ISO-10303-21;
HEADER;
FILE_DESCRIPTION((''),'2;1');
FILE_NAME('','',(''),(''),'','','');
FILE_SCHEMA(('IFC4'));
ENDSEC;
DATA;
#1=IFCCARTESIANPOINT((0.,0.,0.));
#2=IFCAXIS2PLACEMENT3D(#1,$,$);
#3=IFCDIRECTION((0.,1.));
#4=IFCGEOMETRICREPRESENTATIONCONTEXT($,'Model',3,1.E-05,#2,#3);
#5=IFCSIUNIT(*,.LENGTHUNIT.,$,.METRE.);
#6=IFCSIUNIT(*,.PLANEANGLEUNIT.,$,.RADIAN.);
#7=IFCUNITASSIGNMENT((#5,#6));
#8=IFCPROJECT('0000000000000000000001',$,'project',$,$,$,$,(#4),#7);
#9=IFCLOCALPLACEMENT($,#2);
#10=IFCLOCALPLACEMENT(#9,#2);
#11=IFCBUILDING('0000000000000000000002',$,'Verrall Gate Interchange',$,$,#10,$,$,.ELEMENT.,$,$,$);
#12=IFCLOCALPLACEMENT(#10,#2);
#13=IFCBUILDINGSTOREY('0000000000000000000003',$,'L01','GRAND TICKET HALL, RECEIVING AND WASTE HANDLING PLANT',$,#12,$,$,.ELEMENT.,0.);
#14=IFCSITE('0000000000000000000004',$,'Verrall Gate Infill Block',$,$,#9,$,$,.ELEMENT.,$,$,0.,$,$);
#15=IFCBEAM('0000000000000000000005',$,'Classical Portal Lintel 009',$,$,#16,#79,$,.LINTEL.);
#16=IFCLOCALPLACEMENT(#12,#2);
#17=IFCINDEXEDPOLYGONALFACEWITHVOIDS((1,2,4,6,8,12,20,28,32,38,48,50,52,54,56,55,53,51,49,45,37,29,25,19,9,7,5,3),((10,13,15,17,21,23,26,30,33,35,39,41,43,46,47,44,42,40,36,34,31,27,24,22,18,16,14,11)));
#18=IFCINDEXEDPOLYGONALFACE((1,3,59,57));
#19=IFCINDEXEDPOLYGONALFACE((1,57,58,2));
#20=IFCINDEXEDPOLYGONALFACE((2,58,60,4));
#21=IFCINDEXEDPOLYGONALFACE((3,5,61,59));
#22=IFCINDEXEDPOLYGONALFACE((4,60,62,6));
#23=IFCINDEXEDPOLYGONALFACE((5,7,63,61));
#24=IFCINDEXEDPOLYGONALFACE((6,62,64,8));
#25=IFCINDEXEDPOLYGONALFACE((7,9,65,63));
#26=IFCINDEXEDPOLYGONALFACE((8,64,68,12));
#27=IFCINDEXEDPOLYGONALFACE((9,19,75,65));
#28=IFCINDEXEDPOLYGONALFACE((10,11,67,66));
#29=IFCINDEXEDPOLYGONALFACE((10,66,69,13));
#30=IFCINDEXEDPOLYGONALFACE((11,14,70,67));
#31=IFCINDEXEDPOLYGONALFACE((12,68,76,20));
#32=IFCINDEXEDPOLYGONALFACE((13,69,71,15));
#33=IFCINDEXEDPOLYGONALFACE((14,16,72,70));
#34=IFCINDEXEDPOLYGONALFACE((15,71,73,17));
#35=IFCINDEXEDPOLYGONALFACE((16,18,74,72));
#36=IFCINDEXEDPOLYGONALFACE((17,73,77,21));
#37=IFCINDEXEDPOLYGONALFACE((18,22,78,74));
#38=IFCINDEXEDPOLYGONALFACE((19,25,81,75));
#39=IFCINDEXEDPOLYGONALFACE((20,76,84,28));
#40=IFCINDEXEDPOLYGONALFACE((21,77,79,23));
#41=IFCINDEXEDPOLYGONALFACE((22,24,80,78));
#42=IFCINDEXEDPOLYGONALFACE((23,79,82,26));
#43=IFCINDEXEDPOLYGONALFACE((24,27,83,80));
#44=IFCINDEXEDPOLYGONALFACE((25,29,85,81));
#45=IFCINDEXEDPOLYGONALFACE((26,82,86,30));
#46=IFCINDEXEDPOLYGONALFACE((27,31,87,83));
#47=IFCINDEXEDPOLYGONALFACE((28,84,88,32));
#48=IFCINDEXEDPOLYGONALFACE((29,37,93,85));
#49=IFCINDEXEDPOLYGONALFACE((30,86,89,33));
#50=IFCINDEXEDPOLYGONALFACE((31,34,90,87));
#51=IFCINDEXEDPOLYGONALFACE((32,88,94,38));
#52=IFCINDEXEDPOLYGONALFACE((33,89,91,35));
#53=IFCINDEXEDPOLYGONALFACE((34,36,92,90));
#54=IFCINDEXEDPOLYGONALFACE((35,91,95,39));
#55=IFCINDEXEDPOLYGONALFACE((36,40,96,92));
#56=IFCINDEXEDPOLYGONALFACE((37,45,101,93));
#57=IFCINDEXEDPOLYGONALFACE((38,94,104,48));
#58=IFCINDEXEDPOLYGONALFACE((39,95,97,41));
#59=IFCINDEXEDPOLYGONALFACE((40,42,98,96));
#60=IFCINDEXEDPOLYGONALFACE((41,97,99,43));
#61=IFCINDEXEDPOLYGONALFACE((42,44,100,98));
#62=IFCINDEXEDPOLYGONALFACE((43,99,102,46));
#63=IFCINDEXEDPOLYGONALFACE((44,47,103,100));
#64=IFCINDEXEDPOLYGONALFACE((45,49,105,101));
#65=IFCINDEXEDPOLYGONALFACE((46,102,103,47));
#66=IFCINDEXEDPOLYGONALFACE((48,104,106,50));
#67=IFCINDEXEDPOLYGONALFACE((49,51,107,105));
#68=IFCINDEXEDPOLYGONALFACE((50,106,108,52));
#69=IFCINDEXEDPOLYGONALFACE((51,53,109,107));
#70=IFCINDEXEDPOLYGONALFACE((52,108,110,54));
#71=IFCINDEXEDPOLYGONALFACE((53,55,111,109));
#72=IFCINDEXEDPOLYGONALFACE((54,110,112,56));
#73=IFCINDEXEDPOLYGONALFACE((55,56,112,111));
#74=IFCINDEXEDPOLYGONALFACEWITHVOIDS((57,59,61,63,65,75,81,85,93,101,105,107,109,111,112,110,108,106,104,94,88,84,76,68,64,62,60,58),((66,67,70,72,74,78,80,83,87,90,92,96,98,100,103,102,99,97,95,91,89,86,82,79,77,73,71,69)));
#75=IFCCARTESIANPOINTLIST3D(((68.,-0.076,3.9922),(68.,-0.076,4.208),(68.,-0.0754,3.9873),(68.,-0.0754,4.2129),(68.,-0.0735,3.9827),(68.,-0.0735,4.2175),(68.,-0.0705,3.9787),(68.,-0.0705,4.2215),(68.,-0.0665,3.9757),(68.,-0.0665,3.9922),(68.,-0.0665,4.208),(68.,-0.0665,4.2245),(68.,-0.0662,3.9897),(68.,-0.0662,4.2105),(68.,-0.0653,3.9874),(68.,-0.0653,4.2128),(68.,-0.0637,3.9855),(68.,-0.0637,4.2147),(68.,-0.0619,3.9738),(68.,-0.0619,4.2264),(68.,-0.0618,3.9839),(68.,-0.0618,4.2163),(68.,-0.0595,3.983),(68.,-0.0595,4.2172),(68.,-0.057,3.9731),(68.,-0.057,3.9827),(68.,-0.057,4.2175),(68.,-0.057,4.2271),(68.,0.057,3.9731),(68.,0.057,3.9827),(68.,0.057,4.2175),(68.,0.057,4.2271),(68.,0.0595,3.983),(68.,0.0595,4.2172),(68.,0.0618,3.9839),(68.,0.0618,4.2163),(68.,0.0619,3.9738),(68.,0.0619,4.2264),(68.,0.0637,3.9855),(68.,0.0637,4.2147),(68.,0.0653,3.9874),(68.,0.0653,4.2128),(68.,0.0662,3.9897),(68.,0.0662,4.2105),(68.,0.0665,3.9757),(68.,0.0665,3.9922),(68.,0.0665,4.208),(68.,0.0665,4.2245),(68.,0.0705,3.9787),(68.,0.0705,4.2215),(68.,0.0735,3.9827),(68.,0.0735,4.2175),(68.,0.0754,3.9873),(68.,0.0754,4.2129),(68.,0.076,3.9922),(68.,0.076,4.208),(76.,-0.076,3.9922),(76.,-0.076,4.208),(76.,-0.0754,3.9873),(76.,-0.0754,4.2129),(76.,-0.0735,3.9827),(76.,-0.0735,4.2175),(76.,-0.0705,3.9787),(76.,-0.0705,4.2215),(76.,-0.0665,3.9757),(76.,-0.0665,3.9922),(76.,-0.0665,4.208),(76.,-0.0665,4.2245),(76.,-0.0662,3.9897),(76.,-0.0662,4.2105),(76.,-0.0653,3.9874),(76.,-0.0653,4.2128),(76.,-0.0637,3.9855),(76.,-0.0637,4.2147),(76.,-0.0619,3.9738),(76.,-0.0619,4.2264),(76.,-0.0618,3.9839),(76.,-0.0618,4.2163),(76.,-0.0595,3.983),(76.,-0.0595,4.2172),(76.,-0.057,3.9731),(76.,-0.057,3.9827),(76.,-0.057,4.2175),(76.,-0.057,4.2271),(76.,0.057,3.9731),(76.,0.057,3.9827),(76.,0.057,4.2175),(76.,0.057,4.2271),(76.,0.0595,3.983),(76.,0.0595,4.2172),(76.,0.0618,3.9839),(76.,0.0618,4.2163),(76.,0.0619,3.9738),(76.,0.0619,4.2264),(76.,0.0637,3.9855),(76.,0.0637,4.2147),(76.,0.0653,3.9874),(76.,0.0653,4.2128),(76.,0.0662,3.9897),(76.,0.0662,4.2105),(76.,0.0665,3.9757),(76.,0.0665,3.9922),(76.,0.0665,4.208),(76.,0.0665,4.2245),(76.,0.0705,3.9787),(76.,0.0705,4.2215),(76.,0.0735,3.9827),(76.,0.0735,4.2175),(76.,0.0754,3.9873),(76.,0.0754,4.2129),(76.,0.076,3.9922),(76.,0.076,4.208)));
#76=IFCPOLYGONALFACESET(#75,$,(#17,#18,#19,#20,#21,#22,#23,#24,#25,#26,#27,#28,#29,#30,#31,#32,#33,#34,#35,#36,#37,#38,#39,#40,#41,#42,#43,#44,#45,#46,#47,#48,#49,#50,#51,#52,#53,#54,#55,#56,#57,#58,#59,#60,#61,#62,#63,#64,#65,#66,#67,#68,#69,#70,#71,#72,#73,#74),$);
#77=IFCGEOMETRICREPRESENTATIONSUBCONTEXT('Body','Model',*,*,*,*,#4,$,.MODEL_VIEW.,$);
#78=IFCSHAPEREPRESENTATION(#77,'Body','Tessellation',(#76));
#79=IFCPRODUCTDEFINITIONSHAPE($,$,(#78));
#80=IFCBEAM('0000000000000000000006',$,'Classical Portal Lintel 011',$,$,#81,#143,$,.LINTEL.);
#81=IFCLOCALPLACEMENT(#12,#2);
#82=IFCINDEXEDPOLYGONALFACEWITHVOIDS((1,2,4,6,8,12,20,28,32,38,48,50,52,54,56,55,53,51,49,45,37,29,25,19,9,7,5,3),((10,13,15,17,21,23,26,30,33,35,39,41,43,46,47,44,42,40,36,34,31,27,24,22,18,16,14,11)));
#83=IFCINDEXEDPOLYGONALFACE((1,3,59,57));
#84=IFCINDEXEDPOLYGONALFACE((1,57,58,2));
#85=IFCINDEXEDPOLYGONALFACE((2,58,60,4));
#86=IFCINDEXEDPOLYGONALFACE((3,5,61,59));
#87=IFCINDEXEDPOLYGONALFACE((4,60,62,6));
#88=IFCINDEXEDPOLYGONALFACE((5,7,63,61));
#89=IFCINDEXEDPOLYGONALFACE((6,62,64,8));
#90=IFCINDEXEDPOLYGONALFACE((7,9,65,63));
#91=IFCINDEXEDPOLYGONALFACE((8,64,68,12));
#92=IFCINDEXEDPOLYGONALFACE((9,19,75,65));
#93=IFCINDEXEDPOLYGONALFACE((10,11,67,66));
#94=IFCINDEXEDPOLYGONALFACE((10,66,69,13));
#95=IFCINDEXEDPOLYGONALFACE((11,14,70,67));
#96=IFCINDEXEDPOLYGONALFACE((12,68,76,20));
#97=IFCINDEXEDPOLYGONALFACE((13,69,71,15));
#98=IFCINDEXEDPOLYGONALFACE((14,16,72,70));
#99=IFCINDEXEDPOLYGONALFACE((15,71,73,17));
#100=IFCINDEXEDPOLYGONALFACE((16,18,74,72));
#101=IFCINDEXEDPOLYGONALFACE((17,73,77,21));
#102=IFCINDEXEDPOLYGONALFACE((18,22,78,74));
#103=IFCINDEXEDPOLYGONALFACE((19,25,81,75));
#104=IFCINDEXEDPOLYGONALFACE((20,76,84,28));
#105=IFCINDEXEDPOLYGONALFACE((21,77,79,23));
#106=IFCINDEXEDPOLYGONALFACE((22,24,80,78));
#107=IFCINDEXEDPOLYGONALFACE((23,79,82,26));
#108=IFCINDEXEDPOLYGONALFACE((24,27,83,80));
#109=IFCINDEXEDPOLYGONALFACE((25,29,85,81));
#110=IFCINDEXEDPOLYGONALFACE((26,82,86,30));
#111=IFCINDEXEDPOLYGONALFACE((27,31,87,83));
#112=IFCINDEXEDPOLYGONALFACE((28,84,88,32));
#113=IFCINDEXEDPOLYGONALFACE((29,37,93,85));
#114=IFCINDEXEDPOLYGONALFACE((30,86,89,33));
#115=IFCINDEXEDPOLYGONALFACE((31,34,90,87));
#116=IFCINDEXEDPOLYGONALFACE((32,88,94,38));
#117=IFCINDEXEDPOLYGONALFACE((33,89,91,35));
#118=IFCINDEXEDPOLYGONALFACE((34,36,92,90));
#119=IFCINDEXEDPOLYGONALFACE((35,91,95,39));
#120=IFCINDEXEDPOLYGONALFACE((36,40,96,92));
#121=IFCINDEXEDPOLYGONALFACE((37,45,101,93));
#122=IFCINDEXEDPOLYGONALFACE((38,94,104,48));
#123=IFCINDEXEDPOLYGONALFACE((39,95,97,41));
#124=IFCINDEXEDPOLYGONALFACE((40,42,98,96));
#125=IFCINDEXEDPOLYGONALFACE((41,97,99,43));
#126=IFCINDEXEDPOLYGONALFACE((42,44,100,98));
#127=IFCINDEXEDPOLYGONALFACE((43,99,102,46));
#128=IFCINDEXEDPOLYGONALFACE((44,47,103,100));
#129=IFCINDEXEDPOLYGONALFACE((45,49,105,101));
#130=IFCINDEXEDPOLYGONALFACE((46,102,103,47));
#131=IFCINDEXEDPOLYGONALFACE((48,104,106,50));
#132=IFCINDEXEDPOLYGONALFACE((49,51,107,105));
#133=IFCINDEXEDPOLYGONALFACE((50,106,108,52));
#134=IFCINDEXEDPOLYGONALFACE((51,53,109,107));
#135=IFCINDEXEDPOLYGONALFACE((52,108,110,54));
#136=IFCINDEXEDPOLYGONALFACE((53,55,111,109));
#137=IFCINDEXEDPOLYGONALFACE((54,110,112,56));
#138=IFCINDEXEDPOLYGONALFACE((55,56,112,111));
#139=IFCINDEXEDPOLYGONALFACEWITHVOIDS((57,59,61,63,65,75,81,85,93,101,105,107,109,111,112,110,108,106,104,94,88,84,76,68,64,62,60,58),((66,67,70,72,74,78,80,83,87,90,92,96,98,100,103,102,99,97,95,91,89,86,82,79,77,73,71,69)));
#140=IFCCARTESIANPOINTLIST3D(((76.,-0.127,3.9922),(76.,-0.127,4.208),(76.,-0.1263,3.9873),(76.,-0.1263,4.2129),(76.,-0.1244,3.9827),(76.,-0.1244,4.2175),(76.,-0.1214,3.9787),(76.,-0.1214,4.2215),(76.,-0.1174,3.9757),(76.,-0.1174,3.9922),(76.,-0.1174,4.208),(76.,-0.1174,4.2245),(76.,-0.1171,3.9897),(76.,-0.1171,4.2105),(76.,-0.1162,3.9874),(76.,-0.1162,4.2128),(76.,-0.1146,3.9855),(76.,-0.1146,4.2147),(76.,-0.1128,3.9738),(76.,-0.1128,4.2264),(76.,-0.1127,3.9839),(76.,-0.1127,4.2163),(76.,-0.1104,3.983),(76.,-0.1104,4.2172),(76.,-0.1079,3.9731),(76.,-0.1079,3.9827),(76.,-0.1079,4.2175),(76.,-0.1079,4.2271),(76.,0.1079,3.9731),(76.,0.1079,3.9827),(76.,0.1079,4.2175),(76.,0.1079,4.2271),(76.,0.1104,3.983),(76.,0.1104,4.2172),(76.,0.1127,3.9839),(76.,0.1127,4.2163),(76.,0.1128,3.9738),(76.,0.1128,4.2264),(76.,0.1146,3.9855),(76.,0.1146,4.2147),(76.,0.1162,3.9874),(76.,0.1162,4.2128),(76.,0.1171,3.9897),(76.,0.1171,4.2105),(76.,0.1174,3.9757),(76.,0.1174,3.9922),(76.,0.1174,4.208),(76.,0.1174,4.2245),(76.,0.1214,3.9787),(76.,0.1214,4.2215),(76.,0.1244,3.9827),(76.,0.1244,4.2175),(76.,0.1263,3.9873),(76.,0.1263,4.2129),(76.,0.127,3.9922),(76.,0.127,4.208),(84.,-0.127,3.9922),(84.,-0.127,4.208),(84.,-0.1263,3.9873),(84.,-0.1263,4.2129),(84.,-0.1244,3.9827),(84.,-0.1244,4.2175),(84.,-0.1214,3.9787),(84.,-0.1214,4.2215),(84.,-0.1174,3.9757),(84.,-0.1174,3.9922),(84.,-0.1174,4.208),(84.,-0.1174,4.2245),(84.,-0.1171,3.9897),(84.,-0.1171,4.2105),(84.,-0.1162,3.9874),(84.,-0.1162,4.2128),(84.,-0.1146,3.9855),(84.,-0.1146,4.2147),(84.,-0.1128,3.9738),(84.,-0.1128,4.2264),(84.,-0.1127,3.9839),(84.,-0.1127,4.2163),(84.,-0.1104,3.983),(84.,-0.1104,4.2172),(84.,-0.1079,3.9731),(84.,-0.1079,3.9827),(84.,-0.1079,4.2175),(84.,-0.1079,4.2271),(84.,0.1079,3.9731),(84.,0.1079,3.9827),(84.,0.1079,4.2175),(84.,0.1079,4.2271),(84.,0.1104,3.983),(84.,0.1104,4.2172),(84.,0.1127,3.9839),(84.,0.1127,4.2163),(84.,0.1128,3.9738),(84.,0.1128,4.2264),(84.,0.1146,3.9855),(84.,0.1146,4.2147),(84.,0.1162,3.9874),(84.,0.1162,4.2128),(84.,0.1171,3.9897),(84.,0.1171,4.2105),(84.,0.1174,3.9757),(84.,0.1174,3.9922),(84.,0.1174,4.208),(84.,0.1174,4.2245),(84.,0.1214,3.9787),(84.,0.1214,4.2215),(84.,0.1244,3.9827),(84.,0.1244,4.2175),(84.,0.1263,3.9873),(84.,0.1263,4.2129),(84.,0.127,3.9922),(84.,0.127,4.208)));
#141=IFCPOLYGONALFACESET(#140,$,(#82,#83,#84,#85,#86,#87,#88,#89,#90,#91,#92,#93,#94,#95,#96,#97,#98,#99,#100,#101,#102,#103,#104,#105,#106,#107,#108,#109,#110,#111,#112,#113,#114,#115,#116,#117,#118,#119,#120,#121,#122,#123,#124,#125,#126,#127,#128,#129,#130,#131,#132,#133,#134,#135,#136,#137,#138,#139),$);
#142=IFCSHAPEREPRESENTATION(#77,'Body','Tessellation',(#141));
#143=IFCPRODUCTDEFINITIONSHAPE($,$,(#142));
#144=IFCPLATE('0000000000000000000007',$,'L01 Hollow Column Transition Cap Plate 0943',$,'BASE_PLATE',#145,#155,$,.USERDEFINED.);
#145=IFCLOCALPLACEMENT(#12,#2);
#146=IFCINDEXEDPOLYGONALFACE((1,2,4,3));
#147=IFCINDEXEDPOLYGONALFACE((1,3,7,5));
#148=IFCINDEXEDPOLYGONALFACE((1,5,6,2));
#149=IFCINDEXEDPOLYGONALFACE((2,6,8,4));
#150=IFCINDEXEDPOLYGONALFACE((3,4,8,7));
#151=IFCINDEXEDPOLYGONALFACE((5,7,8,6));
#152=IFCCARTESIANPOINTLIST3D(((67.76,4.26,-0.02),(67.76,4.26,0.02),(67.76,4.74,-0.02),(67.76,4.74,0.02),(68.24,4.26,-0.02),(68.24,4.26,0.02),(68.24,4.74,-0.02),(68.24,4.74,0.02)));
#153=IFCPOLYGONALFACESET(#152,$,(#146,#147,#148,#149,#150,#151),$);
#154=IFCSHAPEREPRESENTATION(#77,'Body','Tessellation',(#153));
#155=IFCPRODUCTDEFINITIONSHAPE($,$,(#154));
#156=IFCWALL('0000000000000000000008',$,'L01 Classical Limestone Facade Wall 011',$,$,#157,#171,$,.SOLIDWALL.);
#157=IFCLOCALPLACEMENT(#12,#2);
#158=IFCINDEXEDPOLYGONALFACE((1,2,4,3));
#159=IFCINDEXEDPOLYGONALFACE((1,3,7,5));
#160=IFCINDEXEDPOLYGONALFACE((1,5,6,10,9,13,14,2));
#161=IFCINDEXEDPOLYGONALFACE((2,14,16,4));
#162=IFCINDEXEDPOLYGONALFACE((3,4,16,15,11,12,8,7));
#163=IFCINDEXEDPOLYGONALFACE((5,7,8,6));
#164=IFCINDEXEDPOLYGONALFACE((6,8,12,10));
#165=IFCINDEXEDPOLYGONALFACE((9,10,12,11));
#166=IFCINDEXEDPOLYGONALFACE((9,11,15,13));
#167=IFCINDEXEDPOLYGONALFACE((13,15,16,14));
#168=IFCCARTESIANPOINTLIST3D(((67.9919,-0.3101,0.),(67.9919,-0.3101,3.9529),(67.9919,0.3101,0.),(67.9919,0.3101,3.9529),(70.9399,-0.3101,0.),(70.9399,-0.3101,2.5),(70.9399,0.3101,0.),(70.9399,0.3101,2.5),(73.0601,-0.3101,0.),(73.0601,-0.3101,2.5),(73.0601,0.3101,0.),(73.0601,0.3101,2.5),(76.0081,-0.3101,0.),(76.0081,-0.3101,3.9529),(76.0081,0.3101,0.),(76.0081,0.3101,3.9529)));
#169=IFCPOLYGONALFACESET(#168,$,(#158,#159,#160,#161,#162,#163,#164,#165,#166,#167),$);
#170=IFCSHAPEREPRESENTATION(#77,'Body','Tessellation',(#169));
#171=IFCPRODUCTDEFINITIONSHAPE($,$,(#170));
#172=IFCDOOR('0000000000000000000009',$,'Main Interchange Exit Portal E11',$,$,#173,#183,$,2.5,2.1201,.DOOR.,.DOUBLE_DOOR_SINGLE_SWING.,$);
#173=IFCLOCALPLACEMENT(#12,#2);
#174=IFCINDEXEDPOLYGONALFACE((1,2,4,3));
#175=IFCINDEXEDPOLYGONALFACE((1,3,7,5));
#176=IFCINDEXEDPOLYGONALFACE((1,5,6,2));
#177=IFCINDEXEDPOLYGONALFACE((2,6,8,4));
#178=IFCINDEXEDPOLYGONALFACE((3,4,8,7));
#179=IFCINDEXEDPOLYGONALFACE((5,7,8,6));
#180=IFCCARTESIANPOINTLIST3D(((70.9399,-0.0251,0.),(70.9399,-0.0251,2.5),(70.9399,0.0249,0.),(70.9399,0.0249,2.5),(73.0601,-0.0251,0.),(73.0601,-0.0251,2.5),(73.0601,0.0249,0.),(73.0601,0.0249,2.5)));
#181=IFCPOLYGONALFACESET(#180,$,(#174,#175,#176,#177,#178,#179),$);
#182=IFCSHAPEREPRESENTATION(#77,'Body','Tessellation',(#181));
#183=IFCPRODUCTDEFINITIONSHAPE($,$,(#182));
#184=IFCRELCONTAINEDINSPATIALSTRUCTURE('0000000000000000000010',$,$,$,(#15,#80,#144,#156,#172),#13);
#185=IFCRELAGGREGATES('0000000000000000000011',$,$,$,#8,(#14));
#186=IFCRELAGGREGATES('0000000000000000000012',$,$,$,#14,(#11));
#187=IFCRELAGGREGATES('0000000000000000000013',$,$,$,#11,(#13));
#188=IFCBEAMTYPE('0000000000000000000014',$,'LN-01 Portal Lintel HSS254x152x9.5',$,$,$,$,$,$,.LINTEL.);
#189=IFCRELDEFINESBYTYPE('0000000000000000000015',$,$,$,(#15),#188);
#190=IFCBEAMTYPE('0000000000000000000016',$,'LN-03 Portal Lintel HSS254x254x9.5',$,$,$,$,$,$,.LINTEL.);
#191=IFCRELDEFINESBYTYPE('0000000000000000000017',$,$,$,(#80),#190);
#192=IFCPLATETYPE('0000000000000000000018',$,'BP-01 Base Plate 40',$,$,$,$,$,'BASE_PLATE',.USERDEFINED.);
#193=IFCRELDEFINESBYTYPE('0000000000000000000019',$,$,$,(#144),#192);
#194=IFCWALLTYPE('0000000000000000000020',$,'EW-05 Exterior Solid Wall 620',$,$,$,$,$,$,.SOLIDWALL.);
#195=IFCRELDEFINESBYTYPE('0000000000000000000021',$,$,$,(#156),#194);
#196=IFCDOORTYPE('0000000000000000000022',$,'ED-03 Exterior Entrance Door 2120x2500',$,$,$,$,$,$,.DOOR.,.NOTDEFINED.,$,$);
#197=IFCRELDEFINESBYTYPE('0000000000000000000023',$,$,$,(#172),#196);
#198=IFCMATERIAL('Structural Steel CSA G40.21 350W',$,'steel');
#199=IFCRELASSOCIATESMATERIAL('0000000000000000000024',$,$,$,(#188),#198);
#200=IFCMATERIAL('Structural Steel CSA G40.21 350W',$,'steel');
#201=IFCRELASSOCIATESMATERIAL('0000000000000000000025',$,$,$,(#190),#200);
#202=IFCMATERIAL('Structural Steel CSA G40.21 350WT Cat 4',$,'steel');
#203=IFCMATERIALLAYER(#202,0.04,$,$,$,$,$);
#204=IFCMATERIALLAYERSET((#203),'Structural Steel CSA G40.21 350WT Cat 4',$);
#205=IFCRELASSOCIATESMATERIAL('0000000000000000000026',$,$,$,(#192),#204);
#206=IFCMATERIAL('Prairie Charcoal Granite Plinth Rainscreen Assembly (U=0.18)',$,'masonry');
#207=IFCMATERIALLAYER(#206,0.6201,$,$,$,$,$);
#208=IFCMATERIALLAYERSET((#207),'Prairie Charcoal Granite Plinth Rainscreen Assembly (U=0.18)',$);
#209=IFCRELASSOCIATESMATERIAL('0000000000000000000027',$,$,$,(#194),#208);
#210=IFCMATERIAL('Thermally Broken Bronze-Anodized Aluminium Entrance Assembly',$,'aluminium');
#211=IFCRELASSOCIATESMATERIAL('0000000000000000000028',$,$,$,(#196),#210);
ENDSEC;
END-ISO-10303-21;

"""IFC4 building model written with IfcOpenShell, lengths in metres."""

from ifc_helpers import new_model, si_unit, direction, frame, frame_2d, origin, origin_2d, place, context, subcontext, project, spatial, rectangle, hollow_rectangle, extrude, material, layer, layer_set, material_profile, profile_set, type_object, element, fill, save


model = new_model("IFC4")

# Units and contexts
model_context = context("Model", 3, precision=1e-05, world=origin(), true_north=direction((0.0, 1.0)))
body_context = subcontext(model_context, "Body", "Model", "MODEL_VIEW")
ifc_project = project(units=[si_unit("LENGTHUNIT", "METRE"), si_unit("PLANEANGLEUNIT", "RADIAN")], contexts=[model_context])

# Site, building, storey
site_placement = place(None, origin())
site = spatial("IfcSite", under=ifc_project, at=site_placement, Name="Verrall Gate Infill Block", CompositionType="ELEMENT", RefElevation=0.0)
building_placement = place(site_placement, origin())
building = spatial("IfcBuilding", under=site, at=building_placement, Name="Verrall Gate Interchange", CompositionType="ELEMENT")
storey_placement = place(building_placement, origin())
storey = spatial("IfcBuildingStorey", under=building, at=storey_placement, Name="L01", Description="GRAND TICKET HALL, RECEIVING AND WASTE HANDLING PLANT", CompositionType="ELEMENT", Elevation=0.0)

# Beams
ifc_material_1 = material(Name="Structural Steel CSA G40.21 350W", Category="steel")
ifc_material_profile_1 = material_profile(ifc_material_1, hollow_rectangle(XDim=0.1521, YDim=0.2539, WallThickness=0.0095, InnerFilletRadius=0.0095, OuterFilletRadius=0.019, at=origin_2d()), Name="HSS254x152x9.5")
ifc_profile_set_1 = profile_set([ifc_material_profile_1], Name="Structural Steel CSA G40.21 350W")
beam_type_1 = type_object("IfcBeamType", Name="LN-01 Portal Lintel HSS254x152x9.5", PredefinedType="LINTEL", material=ifc_profile_set_1)
beam_1_placement = place(storey_placement, frame((68.0, 0.0, 4.1001), z_axis=(1.0, 0.0, 0.0), x_axis=(0.0, 1.0, 0.0)))
element("IfcBeam", 1, at=beam_1_placement, inside=storey, type_object=beam_type_1, Name="Classical Portal Lintel 009", PredefinedType="LINTEL", context=body_context, shape_type="SweptSolid", body=[
    extrude(hollow_rectangle(XDim=0.1521, YDim=0.2539, WallThickness=0.0095, InnerFilletRadius=0.0095, OuterFilletRadius=0.019, at=origin_2d()), origin(), (0.0, 0.0, 1.0), 8.0),
])
ifc_material_2 = material(Name="Structural Steel CSA G40.21 350W", Category="steel")
ifc_material_profile_2 = material_profile(ifc_material_2, hollow_rectangle(XDim=0.2539, YDim=0.2539, WallThickness=0.0095, InnerFilletRadius=0.0095, OuterFilletRadius=0.019, at=origin_2d()), Name="HSS254x254x9.5")
ifc_profile_set_2 = profile_set([ifc_material_profile_2], Name="Structural Steel CSA G40.21 350W")
beam_type_2 = type_object("IfcBeamType", Name="LN-03 Portal Lintel HSS254x254x9.5", PredefinedType="LINTEL", material=ifc_profile_set_2)
beam_2_placement = place(storey_placement, frame((76.0, 0.0, 4.1001), z_axis=(1.0, 0.0, 0.0), x_axis=(0.0, 1.0, 0.0)))
element("IfcBeam", 2, at=beam_2_placement, inside=storey, type_object=beam_type_2, Name="Classical Portal Lintel 011", PredefinedType="LINTEL", context=body_context, shape_type="SweptSolid", body=[
    extrude(hollow_rectangle(XDim=0.2539, YDim=0.2539, WallThickness=0.0095, InnerFilletRadius=0.0095, OuterFilletRadius=0.019, at=origin_2d()), origin(), (0.0, 0.0, 1.0), 8.0),
])

# Plate
ifc_material_3 = material(Name="Structural Steel CSA G40.21 350WT Cat 4", Category="steel")
ifc_layer_1 = layer(ifc_material_3, 0.04)
ifc_layer_set_1 = layer_set([ifc_layer_1], Name="Structural Steel CSA G40.21 350WT Cat 4")
plate_type = type_object("IfcPlateType", Name="BP-01 Base Plate 40", ElementType="BASE_PLATE", PredefinedType="USERDEFINED", material=ifc_layer_set_1)
plate_placement = place(storey_placement, frame((68.0, 4.5, -0.02), z_axis=(0.0, 0.0, 1.0), x_axis=(1.0, 0.0, 0.0)))
element("IfcPlate", 3, at=plate_placement, inside=storey, type_object=plate_type, Name="L01 Hollow Column Transition Cap Plate 0943", ObjectType="BASE_PLATE", PredefinedType="USERDEFINED", context=body_context, shape_type="SweptSolid", body=[
    extrude(rectangle(XDim=0.48, YDim=0.48, at=origin_2d()), origin(), (0.0, 0.0, 1.0), 0.04),
])

# Wall, opening, door
ifc_material_4 = material(Name="Prairie Charcoal Granite Plinth Rainscreen Assembly (U=0.18)", Category="masonry")
ifc_layer_2 = layer(ifc_material_4, 0.6201)
ifc_layer_set_2 = layer_set([ifc_layer_2], Name="Prairie Charcoal Granite Plinth Rainscreen Assembly (U=0.18)")
wall_type = type_object("IfcWallType", Name="EW-05 Exterior Solid Wall 620", PredefinedType="SOLIDWALL", material=ifc_layer_set_2)
wall_1_placement = place(storey_placement, frame((67.9919, 0.0, 0.0), z_axis=(0.0, 0.0, 1.0), x_axis=(1.0, 0.0, 0.0)))
wall_1 = element("IfcWall", 4, at=wall_1_placement, inside=storey, type_object=wall_type, Name="L01 Classical Limestone Facade Wall 011", PredefinedType="SOLIDWALL", context=body_context, shape_type="SweptSolid", body=[
    extrude(rectangle(XDim=8.0161, YDim=0.6201, at=frame_2d((4.0081, 0.0))), origin(), (0.0, 0.0, 1.0), 3.9529),
])
opening_1_placement = place(wall_1_placement, frame((2.948, 0.0, 0.0)))
opening_1 = element("IfcOpeningElement", 5, at=opening_1_placement, cuts=wall_1, PredefinedType="OPENING", context=body_context, shape_type="SweptSolid", body=[
    extrude(rectangle(XDim=2.1201, YDim=2.5, at=frame_2d((1.0601, 1.25))), frame((0.0, 0.325, 0.0), z_axis=(0.0, -1.0, 0.0), x_axis=(1.0, 0.0, 0.0)), (0.0, 0.0, 1.0), 0.6499),
])
ifc_material_5 = material(Name="Thermally Broken Bronze-Anodized Aluminium Entrance Assembly", Category="aluminium")
door_type_1 = type_object("IfcDoorType", Name="ED-03 Exterior Entrance Door 2120x2500", OperationType="NOTDEFINED", PredefinedType="DOOR", material=ifc_material_5)
door_1_placement = place(opening_1_placement, origin())
door_1 = element("IfcDoor", 6, at=door_1_placement, inside=storey, type_object=door_type_1, Name="Main Interchange Exit Portal E11", OperationType="DOUBLE_DOOR_SINGLE_SWING", OverallHeight=2.5, OverallWidth=2.1201, PredefinedType="DOOR", context=body_context, shape_type="SweptSolid", body=[
    extrude(rectangle(XDim=2.1201, YDim=2.5, at=frame_2d((1.0601, 1.25))), frame((0.0, 0.0249, 0.0), z_axis=(0.0, -1.0, 0.0), x_axis=(1.0, 0.0, 0.0)), (0.0, 0.0, 1.0), 0.05),
])
fill(opening_1, door_1)

save(model, "model.ifc")
